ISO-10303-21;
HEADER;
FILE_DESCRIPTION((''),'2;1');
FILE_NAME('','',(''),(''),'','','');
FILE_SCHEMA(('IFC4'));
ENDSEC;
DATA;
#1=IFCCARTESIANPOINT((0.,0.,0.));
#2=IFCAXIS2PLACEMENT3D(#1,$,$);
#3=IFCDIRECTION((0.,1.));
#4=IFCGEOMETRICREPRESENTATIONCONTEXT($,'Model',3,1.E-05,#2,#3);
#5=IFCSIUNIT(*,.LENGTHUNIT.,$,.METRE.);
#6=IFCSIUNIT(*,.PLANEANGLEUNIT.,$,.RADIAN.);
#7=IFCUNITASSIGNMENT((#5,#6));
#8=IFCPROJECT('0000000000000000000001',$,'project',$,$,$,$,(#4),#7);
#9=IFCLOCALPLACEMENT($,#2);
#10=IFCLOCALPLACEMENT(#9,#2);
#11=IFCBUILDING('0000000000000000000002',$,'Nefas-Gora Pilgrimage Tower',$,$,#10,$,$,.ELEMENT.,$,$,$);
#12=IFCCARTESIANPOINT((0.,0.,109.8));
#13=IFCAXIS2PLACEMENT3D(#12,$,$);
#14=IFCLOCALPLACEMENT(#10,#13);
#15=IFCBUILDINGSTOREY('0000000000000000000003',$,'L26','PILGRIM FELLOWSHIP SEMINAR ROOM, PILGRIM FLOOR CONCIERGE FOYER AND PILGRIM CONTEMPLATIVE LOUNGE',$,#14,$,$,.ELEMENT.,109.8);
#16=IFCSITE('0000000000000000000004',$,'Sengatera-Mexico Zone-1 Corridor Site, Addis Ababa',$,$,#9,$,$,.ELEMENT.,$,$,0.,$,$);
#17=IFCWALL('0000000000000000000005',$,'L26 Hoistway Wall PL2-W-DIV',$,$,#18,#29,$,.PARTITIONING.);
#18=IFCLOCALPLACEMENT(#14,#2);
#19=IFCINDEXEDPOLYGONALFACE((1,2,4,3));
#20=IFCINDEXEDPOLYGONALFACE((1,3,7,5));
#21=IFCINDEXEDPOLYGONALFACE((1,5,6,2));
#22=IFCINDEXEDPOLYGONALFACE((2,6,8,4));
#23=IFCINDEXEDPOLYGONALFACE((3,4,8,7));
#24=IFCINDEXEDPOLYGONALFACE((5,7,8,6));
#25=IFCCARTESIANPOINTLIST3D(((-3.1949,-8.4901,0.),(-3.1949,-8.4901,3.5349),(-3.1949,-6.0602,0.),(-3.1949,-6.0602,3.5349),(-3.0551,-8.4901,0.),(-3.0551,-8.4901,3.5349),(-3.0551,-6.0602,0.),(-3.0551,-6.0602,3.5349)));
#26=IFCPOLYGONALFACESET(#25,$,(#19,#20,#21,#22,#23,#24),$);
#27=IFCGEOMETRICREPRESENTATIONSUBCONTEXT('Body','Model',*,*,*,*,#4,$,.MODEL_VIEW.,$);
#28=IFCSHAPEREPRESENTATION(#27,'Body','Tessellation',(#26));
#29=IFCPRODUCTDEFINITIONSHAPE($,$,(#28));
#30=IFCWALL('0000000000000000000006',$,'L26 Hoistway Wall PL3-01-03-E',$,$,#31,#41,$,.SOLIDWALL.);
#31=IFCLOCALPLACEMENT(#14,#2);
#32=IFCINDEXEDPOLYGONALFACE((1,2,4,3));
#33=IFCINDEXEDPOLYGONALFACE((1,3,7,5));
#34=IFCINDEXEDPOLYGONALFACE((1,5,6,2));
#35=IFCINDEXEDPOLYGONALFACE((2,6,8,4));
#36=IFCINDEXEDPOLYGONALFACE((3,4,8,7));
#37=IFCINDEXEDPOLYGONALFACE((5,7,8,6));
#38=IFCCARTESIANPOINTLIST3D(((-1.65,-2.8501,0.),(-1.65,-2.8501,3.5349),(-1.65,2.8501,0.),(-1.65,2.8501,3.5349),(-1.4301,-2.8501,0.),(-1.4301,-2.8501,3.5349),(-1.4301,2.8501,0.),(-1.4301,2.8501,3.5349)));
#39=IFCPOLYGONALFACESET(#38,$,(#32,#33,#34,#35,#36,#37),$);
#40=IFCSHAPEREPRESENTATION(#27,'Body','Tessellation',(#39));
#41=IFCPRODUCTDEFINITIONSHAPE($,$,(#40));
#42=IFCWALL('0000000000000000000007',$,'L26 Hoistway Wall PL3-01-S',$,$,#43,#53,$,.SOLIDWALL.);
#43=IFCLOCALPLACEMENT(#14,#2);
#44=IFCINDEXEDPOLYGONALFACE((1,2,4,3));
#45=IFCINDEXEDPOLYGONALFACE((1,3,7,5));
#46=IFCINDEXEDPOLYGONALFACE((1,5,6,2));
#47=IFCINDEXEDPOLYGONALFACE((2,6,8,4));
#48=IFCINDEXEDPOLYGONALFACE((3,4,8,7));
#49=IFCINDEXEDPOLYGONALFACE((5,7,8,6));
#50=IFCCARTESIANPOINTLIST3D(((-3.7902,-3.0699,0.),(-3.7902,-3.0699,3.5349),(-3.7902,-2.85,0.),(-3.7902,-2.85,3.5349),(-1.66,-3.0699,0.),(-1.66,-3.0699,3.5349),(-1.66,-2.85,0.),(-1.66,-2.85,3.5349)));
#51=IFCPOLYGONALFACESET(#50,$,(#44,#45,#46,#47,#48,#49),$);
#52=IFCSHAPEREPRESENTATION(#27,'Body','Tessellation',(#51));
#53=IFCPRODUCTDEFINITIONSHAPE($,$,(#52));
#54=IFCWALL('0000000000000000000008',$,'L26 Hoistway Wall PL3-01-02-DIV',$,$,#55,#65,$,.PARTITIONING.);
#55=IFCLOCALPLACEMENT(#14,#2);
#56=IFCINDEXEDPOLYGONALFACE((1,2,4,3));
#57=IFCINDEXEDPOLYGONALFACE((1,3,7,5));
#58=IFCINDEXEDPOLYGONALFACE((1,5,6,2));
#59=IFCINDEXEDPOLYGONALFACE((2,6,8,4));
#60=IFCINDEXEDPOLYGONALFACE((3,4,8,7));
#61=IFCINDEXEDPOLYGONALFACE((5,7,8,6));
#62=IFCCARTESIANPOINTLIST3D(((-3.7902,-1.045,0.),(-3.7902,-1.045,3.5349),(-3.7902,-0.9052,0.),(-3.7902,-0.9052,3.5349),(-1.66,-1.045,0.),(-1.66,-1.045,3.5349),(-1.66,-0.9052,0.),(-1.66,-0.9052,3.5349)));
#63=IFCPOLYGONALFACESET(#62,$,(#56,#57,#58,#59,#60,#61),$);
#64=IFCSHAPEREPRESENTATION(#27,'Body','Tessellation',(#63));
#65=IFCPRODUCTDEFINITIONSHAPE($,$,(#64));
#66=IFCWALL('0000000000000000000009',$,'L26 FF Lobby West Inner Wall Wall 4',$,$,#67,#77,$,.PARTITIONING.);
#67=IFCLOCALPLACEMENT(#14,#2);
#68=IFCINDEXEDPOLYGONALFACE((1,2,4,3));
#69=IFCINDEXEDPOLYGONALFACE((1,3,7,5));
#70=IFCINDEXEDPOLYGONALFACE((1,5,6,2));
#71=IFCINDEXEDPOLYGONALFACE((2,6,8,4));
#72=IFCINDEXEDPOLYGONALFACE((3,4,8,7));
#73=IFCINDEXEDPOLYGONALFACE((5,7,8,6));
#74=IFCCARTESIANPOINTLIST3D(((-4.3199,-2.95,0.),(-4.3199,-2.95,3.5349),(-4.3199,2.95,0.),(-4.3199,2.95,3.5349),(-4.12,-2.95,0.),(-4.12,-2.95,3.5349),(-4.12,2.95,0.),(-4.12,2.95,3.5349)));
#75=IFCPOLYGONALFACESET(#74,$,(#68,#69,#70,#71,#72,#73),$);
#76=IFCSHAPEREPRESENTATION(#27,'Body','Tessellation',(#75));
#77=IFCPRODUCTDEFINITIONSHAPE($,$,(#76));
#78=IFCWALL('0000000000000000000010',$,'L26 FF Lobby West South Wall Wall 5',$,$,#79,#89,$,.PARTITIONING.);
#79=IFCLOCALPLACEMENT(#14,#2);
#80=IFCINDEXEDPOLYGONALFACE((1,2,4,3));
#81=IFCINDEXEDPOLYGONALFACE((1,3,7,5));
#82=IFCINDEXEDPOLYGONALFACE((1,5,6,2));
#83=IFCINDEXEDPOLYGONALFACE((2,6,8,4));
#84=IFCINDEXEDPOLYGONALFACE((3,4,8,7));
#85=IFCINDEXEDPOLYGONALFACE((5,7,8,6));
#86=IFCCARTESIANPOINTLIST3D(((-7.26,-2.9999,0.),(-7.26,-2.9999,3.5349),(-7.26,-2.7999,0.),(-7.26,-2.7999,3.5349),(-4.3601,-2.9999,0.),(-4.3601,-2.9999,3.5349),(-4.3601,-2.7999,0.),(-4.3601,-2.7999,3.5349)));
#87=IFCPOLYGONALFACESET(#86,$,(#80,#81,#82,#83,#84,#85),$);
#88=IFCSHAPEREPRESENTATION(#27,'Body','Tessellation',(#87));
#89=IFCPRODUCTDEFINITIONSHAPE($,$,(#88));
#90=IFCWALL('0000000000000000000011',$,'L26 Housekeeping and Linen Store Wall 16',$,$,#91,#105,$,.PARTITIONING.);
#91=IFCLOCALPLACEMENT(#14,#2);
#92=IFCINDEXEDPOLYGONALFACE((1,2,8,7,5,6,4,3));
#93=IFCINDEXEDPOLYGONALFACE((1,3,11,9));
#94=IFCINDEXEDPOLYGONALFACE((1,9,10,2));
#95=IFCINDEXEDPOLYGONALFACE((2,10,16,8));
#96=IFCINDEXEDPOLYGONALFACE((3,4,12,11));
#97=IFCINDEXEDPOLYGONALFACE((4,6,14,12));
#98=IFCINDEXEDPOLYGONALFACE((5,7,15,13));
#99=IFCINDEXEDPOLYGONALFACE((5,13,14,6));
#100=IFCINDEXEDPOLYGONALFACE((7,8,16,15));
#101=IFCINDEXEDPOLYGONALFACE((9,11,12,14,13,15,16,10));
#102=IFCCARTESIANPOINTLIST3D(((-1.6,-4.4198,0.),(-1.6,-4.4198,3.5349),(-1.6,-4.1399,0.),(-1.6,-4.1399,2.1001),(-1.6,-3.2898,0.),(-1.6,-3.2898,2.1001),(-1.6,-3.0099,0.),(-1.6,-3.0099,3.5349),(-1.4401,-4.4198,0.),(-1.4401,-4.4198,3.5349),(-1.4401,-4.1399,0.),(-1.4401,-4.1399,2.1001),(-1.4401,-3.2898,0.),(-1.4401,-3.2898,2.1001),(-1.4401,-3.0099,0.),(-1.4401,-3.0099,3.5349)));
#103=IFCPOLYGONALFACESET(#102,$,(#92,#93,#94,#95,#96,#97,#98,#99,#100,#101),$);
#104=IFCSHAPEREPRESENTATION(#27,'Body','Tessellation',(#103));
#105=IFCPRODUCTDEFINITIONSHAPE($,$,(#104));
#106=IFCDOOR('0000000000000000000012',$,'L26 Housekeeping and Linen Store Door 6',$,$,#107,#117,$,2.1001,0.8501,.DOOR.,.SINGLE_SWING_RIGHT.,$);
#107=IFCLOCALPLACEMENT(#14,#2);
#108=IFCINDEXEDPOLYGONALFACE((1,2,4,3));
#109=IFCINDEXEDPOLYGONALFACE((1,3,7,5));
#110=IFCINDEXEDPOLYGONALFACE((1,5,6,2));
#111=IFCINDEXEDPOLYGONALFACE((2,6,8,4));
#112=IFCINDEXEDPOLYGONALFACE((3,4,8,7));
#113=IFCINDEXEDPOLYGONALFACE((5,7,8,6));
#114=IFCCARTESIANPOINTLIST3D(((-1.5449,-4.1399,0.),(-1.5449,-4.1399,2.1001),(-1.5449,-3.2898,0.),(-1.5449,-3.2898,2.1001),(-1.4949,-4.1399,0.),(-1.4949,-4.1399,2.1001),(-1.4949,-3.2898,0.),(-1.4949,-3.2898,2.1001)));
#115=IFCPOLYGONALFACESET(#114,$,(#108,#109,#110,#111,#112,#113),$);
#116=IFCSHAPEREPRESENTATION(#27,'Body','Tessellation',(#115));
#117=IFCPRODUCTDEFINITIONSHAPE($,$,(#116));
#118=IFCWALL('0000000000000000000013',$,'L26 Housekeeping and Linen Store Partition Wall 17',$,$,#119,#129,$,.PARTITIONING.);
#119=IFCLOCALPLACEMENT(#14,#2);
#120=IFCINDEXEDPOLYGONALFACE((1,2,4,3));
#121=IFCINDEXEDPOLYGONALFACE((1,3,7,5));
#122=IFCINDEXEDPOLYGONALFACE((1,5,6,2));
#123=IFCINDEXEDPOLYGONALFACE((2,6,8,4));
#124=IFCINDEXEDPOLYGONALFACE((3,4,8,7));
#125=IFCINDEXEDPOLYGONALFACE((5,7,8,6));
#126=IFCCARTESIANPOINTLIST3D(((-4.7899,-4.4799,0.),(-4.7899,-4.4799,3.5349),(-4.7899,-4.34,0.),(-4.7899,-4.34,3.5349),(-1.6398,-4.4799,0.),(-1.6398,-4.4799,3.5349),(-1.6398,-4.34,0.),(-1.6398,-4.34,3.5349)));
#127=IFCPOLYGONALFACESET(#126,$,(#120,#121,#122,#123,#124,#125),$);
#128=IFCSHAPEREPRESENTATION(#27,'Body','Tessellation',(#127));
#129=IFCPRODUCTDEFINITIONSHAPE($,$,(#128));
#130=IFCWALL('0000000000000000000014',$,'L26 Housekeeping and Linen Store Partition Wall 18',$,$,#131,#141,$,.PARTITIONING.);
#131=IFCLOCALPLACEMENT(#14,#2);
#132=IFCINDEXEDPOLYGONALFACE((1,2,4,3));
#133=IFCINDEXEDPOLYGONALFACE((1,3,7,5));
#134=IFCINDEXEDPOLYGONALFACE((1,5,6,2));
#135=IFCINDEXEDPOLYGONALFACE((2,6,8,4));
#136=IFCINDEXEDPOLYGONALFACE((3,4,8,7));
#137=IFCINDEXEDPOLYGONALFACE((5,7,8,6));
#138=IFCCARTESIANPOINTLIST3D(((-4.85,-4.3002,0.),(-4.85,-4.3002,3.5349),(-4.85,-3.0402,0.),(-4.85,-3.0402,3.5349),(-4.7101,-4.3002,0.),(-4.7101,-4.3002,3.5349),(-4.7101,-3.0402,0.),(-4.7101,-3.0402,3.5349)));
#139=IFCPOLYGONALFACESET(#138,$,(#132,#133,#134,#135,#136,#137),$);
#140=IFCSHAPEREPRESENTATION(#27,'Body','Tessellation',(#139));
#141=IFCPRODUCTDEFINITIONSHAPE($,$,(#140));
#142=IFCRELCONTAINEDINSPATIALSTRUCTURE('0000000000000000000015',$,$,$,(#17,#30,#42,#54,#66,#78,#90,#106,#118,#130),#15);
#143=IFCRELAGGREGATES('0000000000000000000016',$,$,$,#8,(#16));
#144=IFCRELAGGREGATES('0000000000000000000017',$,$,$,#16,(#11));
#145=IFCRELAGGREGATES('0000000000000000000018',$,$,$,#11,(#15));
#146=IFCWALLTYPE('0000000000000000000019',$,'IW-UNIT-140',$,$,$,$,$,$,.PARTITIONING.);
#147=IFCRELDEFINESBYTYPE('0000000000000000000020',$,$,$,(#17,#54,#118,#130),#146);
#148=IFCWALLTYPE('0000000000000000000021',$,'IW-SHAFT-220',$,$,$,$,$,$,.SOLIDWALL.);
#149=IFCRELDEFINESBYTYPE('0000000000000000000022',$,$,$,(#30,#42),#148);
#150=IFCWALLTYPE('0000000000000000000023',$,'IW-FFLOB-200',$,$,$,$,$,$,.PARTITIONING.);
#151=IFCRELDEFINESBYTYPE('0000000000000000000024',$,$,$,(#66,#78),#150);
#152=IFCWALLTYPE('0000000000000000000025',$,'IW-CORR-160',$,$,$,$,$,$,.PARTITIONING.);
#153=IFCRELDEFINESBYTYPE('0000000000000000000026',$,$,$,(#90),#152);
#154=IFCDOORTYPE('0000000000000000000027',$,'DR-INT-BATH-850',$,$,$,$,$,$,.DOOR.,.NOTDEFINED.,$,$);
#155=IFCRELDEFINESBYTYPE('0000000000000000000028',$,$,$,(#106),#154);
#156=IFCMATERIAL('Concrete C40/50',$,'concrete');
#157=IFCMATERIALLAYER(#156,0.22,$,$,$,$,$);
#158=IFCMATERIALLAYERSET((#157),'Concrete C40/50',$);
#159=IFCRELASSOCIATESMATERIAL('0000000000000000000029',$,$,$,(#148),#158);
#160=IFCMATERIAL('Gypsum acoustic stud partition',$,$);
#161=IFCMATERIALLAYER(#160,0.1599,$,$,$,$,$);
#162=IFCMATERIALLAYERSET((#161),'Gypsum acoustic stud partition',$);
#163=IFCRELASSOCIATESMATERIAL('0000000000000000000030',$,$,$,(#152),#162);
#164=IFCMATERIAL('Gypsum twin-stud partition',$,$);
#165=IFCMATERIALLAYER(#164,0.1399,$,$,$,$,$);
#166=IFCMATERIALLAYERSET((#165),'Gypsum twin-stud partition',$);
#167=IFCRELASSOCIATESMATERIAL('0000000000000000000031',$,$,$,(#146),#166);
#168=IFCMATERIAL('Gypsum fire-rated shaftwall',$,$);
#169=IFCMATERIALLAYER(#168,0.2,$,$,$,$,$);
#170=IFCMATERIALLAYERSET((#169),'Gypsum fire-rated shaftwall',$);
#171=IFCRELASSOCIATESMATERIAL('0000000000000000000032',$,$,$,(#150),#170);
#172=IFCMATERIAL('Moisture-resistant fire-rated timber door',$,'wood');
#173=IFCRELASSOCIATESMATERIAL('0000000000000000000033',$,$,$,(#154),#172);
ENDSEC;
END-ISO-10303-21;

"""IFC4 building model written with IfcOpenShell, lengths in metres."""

from ifc_helpers import new_model, si_unit, direction, frame, frame_2d, origin, place, context, subcontext, project, spatial, rectangle, extrude, source, transform, mapped, material, layer, layer_set, type_object, element, fill, save


model = new_model("IFC4")

# Units and contexts
model_context = context("Model", 3, precision=1e-05, world=origin(), true_north=direction((0.0, 1.0)))
body_context = subcontext(model_context, "Body", "Model", "MODEL_VIEW")
ifc_project = project(units=[si_unit("LENGTHUNIT", "METRE"), si_unit("PLANEANGLEUNIT", "RADIAN")], contexts=[model_context])

# Site, building, storey
site_placement = place(None, origin())
site = spatial("IfcSite", under=ifc_project, at=site_placement, Name="Sengatera-Mexico Zone-1 Corridor Site, Addis Ababa", CompositionType="ELEMENT", RefElevation=0.0)
building_placement = place(site_placement, origin())
building = spatial("IfcBuilding", under=site, at=building_placement, Name="Nefas-Gora Pilgrimage Tower", CompositionType="ELEMENT")
storey_placement = place(building_placement, frame((0.0, 0.0, 109.8)))
storey = spatial("IfcBuildingStorey", under=building, at=storey_placement, Name="L26", Description="PILGRIM FELLOWSHIP SEMINAR ROOM, PILGRIM FLOOR CONCIERGE FOYER AND PILGRIM CONTEMPLATIVE LOUNGE", CompositionType="ELEMENT", Elevation=109.8)

# Walls
ifc_material_1 = material(Name="Concrete C40/50", Category="concrete")
ifc_layer_1 = layer(ifc_material_1, 0.22)
ifc_layer_set_1 = layer_set([ifc_layer_1], Name="Concrete C40/50")
wall_type_1 = type_object("IfcWallType", Name="IW-SHAFT-220", PredefinedType="SOLIDWALL", material=ifc_layer_set_1)
ifc_material_2 = material(Name="Gypsum acoustic stud partition")
ifc_layer_2 = layer(ifc_material_2, 0.1599)
ifc_layer_set_2 = layer_set([ifc_layer_2], Name="Gypsum acoustic stud partition")
wall_type_2 = type_object("IfcWallType", Name="IW-CORR-160", PredefinedType="PARTITIONING", material=ifc_layer_set_2)
ifc_material_3 = material(Name="Gypsum twin-stud partition")
ifc_layer_3 = layer(ifc_material_3, 0.1399)
ifc_layer_set_3 = layer_set([ifc_layer_3], Name="Gypsum twin-stud partition")
wall_type_3 = type_object("IfcWallType", Name="IW-UNIT-140", PredefinedType="PARTITIONING", material=ifc_layer_set_3)
shared_shape_1 = source(origin(), body_context, "Body", "SweptSolid", [
    extrude(rectangle(XDim=2.4299, YDim=0.1399, at=frame_2d((1.2148, 0.0))), origin(), (0.0, 0.0, 1.0), 3.5349),
])
wall_1_placement = place(storey_placement, frame((-3.125, -8.49, 0.0), z_axis=(0.0, 0.0, 1.0), x_axis=(0.0, 1.0, 0.0)))
element("IfcWall", 1, at=wall_1_placement, inside=storey, type_object=wall_type_3, Name="L26 Hoistway Wall PL2-W-DIV", PredefinedType="PARTITIONING", context=body_context, shape_type="MappedRepresentation", body=[
    mapped(shared_shape_1, transform((0.0, 0.0, 0.0), x_axis=(1.0, 0.0, 0.0), y_axis=(0.0, 1.0, 0.0), z_axis=(0.0, 0.0, 1.0), scale=1.0)),
])
shared_shape_2 = source(origin(), body_context, "Body", "SweptSolid", [
    extrude(rectangle(XDim=5.7002, YDim=0.22, at=frame_2d((2.8501, 0.0))), origin(), (0.0, 0.0, 1.0), 3.5349),
])
wall_2_placement = place(storey_placement, frame((-1.54, -2.8501, 0.0), z_axis=(0.0, 0.0, 1.0), x_axis=(0.0, 1.0, 0.0)))
element("IfcWall", 2, at=wall_2_placement, inside=storey, type_object=wall_type_1, Name="L26 Hoistway Wall PL3-01-03-E", PredefinedType="SOLIDWALL", context=body_context, shape_type="MappedRepresentation", body=[
    mapped(shared_shape_2, transform((0.0, 0.0, 0.0), x_axis=(1.0, 0.0, 0.0), y_axis=(0.0, 1.0, 0.0), z_axis=(0.0, 0.0, 1.0), scale=1.0)),
])
shared_shape_3 = source(origin(), body_context, "Body", "SweptSolid", [
    extrude(rectangle(XDim=2.1301, YDim=0.22, at=frame_2d((1.0649, 0.0))), origin(), (0.0, 0.0, 1.0), 3.5349),
])
wall_3_placement = place(storey_placement, frame((-3.79, -2.96, 0.0), z_axis=(0.0, 0.0, 1.0), x_axis=(1.0, 0.0, 0.0)))
element("IfcWall", 3, at=wall_3_placement, inside=storey, type_object=wall_type_1, Name="L26 Hoistway Wall PL3-01-S", PredefinedType="SOLIDWALL", context=body_context, shape_type="MappedRepresentation", body=[
    mapped(shared_shape_3, transform((0.0, 0.0, 0.0), x_axis=(1.0, 0.0, 0.0), y_axis=(0.0, 1.0, 0.0), z_axis=(0.0, 0.0, 1.0), scale=1.0)),
])
shared_shape_4 = source(origin(), body_context, "Body", "SweptSolid", [
    extrude(rectangle(XDim=2.1301, YDim=0.1399, at=frame_2d((1.0649, 0.0))), origin(), (0.0, 0.0, 1.0), 3.5349),
])
wall_4_placement = place(storey_placement, frame((-3.79, -0.9751, 0.0), z_axis=(0.0, 0.0, 1.0), x_axis=(1.0, 0.0, 0.0)))
element("IfcWall", 4, at=wall_4_placement, inside=storey, type_object=wall_type_3, Name="L26 Hoistway Wall PL3-01-02-DIV", PredefinedType="PARTITIONING", context=body_context, shape_type="MappedRepresentation", body=[
    mapped(shared_shape_4, transform((0.0, 0.0, 0.0), x_axis=(1.0, 0.0, 0.0), y_axis=(0.0, 1.0, 0.0), z_axis=(0.0, 0.0, 1.0), scale=1.0)),
])
ifc_material_4 = material(Name="Gypsum fire-rated shaftwall")
ifc_layer_4 = layer(ifc_material_4, 0.2)
ifc_layer_set_4 = layer_set([ifc_layer_4], Name="Gypsum fire-rated shaftwall")
wall_type_4 = type_object("IfcWallType", Name="IW-FFLOB-200", PredefinedType="PARTITIONING", material=ifc_layer_set_4)
shared_shape_5 = source(origin(), body_context, "Body", "SweptSolid", [
    extrude(rectangle(XDim=5.8999, YDim=0.2, at=frame_2d((2.95, 0.0))), origin(), (0.0, 0.0, 1.0), 3.5349),
])
wall_5_placement = place(storey_placement, frame((-4.22, -2.95, 0.0), z_axis=(0.0, 0.0, 1.0), x_axis=(0.0, 1.0, 0.0)))
element("IfcWall", 5, at=wall_5_placement, inside=storey, type_object=wall_type_4, Name="L26 FF Lobby West Inner Wall Wall 4", PredefinedType="PARTITIONING", context=body_context, shape_type="MappedRepresentation", body=[
    mapped(shared_shape_5, transform((0.0, 0.0, 0.0), x_axis=(1.0, 0.0, 0.0), y_axis=(0.0, 1.0, 0.0), z_axis=(0.0, 0.0, 1.0), scale=1.0)),
])
shared_shape_6 = source(origin(), body_context, "Body", "SweptSolid", [
    extrude(rectangle(XDim=2.8999, YDim=0.2, at=frame_2d((1.45, 0.0))), origin(), (0.0, 0.0, 1.0), 3.5349),
])
wall_6_placement = place(storey_placement, frame((-7.26, -2.8999, 0.0), z_axis=(0.0, 0.0, 1.0), x_axis=(1.0, 0.0, 0.0)))
element("IfcWall", 6, at=wall_6_placement, inside=storey, type_object=wall_type_4, Name="L26 FF Lobby West South Wall Wall 5", PredefinedType="PARTITIONING", context=body_context, shape_type="MappedRepresentation", body=[
    mapped(shared_shape_6, transform((0.0, 0.0, 0.0), x_axis=(1.0, 0.0, 0.0), y_axis=(0.0, 1.0, 0.0), z_axis=(0.0, 0.0, 1.0), scale=1.0)),
])

# Wall, opening, door
shared_shape_7 = source(origin(), body_context, "Body", "SweptSolid", [
    extrude(rectangle(XDim=1.4099, YDim=0.1599, at=frame_2d((0.7051, 0.0))), origin(), (0.0, 0.0, 1.0), 3.5349),
])
wall_7_placement = place(storey_placement, frame((-1.52, -4.4199, 0.0), z_axis=(0.0, 0.0, 1.0), x_axis=(0.0, 1.0, 0.0)))
wall_7 = element("IfcWall", 7, at=wall_7_placement, inside=storey, type_object=wall_type_2, Name="L26 Housekeeping and Linen Store Wall 16", PredefinedType="PARTITIONING", context=body_context, shape_type="MappedRepresentation", body=[
    mapped(shared_shape_7, transform((0.0, 0.0, 0.0), x_axis=(1.0, 0.0, 0.0), y_axis=(0.0, 1.0, 0.0), z_axis=(0.0, 0.0, 1.0), scale=1.0)),
])
opening_1_placement = place(wall_7_placement, frame((0.28, 0.0, 0.0)))
opening_1 = element("IfcOpeningElement", 8, at=opening_1_placement, cuts=wall_7, PredefinedType="OPENING", context=body_context, shape_type="SweptSolid", body=[
    extrude(rectangle(XDim=0.8501, YDim=2.1001, at=frame_2d((0.425, 1.05))), frame((0.0, 0.0898, 0.0), z_axis=(0.0, -1.0, 0.0), x_axis=(1.0, 0.0, 0.0)), (0.0, 0.0, 1.0), 0.1799),
])
ifc_material_5 = material(Name="Moisture-resistant fire-rated timber door", Category="wood")
door_type_1 = type_object("IfcDoorType", Name="DR-INT-BATH-850", OperationType="NOTDEFINED", PredefinedType="DOOR", material=ifc_material_5)
shared_shape_8 = source(origin(), body_context, "Body", "SweptSolid", [
    extrude(rectangle(XDim=0.8501, YDim=2.1001, at=frame_2d((0.425, 1.05))), frame((0.0, 0.0249, 0.0), z_axis=(0.0, -1.0, 0.0), x_axis=(1.0, 0.0, 0.0)), (0.0, 0.0, 1.0), 0.05),
])
door_1_placement = place(opening_1_placement, origin())
door_1 = element("IfcDoor", 9, at=door_1_placement, inside=storey, type_object=door_type_1, Name="L26 Housekeeping and Linen Store Door 6", OperationType="SINGLE_SWING_RIGHT", OverallHeight=2.1001, OverallWidth=0.8501, PredefinedType="DOOR", context=body_context, shape_type="MappedRepresentation", body=[
    mapped(shared_shape_8, transform((0.0, 0.0, 0.0), x_axis=(1.0, 0.0, 0.0), y_axis=(0.0, 1.0, 0.0), z_axis=(0.0, 0.0, 1.0), scale=1.0)),
])
fill(opening_1, door_1)

# Walls
shared_shape_9 = source(origin(), body_context, "Body", "SweptSolid", [
    extrude(rectangle(XDim=3.1501, YDim=0.1399, at=frame_2d((1.5752, 0.0))), origin(), (0.0, 0.0, 1.0), 3.5349),
])
wall_8_placement = place(storey_placement, frame((-4.79, -4.4099, 0.0), z_axis=(0.0, 0.0, 1.0), x_axis=(1.0, 0.0, 0.0)))
element("IfcWall", 10, at=wall_8_placement, inside=storey, type_object=wall_type_3, Name="L26 Housekeeping and Linen Store Partition Wall 17", PredefinedType="PARTITIONING", context=body_context, shape_type="MappedRepresentation", body=[
    mapped(shared_shape_9, transform((0.0, 0.0, 0.0), x_axis=(1.0, 0.0, 0.0), y_axis=(0.0, 1.0, 0.0), z_axis=(0.0, 0.0, 1.0), scale=1.0)),
])
shared_shape_10 = source(origin(), body_context, "Body", "SweptSolid", [
    extrude(rectangle(XDim=1.26, YDim=0.1399, at=frame_2d((0.6299, 0.0))), origin(), (0.0, 0.0, 1.0), 3.5349),
])
wall_9_placement = place(storey_placement, frame((-4.78, -4.3, 0.0), z_axis=(0.0, 0.0, 1.0), x_axis=(0.0, 1.0, 0.0)))
element("IfcWall", 11, at=wall_9_placement, inside=storey, type_object=wall_type_3, Name="L26 Housekeeping and Linen Store Partition Wall 18", PredefinedType="PARTITIONING", context=body_context, shape_type="MappedRepresentation", body=[
    mapped(shared_shape_10, transform((0.0, 0.0, 0.0), x_axis=(1.0, 0.0, 0.0), y_axis=(0.0, 1.0, 0.0), z_axis=(0.0, 0.0, 1.0), scale=1.0)),
])

save(model, "model.ifc")
